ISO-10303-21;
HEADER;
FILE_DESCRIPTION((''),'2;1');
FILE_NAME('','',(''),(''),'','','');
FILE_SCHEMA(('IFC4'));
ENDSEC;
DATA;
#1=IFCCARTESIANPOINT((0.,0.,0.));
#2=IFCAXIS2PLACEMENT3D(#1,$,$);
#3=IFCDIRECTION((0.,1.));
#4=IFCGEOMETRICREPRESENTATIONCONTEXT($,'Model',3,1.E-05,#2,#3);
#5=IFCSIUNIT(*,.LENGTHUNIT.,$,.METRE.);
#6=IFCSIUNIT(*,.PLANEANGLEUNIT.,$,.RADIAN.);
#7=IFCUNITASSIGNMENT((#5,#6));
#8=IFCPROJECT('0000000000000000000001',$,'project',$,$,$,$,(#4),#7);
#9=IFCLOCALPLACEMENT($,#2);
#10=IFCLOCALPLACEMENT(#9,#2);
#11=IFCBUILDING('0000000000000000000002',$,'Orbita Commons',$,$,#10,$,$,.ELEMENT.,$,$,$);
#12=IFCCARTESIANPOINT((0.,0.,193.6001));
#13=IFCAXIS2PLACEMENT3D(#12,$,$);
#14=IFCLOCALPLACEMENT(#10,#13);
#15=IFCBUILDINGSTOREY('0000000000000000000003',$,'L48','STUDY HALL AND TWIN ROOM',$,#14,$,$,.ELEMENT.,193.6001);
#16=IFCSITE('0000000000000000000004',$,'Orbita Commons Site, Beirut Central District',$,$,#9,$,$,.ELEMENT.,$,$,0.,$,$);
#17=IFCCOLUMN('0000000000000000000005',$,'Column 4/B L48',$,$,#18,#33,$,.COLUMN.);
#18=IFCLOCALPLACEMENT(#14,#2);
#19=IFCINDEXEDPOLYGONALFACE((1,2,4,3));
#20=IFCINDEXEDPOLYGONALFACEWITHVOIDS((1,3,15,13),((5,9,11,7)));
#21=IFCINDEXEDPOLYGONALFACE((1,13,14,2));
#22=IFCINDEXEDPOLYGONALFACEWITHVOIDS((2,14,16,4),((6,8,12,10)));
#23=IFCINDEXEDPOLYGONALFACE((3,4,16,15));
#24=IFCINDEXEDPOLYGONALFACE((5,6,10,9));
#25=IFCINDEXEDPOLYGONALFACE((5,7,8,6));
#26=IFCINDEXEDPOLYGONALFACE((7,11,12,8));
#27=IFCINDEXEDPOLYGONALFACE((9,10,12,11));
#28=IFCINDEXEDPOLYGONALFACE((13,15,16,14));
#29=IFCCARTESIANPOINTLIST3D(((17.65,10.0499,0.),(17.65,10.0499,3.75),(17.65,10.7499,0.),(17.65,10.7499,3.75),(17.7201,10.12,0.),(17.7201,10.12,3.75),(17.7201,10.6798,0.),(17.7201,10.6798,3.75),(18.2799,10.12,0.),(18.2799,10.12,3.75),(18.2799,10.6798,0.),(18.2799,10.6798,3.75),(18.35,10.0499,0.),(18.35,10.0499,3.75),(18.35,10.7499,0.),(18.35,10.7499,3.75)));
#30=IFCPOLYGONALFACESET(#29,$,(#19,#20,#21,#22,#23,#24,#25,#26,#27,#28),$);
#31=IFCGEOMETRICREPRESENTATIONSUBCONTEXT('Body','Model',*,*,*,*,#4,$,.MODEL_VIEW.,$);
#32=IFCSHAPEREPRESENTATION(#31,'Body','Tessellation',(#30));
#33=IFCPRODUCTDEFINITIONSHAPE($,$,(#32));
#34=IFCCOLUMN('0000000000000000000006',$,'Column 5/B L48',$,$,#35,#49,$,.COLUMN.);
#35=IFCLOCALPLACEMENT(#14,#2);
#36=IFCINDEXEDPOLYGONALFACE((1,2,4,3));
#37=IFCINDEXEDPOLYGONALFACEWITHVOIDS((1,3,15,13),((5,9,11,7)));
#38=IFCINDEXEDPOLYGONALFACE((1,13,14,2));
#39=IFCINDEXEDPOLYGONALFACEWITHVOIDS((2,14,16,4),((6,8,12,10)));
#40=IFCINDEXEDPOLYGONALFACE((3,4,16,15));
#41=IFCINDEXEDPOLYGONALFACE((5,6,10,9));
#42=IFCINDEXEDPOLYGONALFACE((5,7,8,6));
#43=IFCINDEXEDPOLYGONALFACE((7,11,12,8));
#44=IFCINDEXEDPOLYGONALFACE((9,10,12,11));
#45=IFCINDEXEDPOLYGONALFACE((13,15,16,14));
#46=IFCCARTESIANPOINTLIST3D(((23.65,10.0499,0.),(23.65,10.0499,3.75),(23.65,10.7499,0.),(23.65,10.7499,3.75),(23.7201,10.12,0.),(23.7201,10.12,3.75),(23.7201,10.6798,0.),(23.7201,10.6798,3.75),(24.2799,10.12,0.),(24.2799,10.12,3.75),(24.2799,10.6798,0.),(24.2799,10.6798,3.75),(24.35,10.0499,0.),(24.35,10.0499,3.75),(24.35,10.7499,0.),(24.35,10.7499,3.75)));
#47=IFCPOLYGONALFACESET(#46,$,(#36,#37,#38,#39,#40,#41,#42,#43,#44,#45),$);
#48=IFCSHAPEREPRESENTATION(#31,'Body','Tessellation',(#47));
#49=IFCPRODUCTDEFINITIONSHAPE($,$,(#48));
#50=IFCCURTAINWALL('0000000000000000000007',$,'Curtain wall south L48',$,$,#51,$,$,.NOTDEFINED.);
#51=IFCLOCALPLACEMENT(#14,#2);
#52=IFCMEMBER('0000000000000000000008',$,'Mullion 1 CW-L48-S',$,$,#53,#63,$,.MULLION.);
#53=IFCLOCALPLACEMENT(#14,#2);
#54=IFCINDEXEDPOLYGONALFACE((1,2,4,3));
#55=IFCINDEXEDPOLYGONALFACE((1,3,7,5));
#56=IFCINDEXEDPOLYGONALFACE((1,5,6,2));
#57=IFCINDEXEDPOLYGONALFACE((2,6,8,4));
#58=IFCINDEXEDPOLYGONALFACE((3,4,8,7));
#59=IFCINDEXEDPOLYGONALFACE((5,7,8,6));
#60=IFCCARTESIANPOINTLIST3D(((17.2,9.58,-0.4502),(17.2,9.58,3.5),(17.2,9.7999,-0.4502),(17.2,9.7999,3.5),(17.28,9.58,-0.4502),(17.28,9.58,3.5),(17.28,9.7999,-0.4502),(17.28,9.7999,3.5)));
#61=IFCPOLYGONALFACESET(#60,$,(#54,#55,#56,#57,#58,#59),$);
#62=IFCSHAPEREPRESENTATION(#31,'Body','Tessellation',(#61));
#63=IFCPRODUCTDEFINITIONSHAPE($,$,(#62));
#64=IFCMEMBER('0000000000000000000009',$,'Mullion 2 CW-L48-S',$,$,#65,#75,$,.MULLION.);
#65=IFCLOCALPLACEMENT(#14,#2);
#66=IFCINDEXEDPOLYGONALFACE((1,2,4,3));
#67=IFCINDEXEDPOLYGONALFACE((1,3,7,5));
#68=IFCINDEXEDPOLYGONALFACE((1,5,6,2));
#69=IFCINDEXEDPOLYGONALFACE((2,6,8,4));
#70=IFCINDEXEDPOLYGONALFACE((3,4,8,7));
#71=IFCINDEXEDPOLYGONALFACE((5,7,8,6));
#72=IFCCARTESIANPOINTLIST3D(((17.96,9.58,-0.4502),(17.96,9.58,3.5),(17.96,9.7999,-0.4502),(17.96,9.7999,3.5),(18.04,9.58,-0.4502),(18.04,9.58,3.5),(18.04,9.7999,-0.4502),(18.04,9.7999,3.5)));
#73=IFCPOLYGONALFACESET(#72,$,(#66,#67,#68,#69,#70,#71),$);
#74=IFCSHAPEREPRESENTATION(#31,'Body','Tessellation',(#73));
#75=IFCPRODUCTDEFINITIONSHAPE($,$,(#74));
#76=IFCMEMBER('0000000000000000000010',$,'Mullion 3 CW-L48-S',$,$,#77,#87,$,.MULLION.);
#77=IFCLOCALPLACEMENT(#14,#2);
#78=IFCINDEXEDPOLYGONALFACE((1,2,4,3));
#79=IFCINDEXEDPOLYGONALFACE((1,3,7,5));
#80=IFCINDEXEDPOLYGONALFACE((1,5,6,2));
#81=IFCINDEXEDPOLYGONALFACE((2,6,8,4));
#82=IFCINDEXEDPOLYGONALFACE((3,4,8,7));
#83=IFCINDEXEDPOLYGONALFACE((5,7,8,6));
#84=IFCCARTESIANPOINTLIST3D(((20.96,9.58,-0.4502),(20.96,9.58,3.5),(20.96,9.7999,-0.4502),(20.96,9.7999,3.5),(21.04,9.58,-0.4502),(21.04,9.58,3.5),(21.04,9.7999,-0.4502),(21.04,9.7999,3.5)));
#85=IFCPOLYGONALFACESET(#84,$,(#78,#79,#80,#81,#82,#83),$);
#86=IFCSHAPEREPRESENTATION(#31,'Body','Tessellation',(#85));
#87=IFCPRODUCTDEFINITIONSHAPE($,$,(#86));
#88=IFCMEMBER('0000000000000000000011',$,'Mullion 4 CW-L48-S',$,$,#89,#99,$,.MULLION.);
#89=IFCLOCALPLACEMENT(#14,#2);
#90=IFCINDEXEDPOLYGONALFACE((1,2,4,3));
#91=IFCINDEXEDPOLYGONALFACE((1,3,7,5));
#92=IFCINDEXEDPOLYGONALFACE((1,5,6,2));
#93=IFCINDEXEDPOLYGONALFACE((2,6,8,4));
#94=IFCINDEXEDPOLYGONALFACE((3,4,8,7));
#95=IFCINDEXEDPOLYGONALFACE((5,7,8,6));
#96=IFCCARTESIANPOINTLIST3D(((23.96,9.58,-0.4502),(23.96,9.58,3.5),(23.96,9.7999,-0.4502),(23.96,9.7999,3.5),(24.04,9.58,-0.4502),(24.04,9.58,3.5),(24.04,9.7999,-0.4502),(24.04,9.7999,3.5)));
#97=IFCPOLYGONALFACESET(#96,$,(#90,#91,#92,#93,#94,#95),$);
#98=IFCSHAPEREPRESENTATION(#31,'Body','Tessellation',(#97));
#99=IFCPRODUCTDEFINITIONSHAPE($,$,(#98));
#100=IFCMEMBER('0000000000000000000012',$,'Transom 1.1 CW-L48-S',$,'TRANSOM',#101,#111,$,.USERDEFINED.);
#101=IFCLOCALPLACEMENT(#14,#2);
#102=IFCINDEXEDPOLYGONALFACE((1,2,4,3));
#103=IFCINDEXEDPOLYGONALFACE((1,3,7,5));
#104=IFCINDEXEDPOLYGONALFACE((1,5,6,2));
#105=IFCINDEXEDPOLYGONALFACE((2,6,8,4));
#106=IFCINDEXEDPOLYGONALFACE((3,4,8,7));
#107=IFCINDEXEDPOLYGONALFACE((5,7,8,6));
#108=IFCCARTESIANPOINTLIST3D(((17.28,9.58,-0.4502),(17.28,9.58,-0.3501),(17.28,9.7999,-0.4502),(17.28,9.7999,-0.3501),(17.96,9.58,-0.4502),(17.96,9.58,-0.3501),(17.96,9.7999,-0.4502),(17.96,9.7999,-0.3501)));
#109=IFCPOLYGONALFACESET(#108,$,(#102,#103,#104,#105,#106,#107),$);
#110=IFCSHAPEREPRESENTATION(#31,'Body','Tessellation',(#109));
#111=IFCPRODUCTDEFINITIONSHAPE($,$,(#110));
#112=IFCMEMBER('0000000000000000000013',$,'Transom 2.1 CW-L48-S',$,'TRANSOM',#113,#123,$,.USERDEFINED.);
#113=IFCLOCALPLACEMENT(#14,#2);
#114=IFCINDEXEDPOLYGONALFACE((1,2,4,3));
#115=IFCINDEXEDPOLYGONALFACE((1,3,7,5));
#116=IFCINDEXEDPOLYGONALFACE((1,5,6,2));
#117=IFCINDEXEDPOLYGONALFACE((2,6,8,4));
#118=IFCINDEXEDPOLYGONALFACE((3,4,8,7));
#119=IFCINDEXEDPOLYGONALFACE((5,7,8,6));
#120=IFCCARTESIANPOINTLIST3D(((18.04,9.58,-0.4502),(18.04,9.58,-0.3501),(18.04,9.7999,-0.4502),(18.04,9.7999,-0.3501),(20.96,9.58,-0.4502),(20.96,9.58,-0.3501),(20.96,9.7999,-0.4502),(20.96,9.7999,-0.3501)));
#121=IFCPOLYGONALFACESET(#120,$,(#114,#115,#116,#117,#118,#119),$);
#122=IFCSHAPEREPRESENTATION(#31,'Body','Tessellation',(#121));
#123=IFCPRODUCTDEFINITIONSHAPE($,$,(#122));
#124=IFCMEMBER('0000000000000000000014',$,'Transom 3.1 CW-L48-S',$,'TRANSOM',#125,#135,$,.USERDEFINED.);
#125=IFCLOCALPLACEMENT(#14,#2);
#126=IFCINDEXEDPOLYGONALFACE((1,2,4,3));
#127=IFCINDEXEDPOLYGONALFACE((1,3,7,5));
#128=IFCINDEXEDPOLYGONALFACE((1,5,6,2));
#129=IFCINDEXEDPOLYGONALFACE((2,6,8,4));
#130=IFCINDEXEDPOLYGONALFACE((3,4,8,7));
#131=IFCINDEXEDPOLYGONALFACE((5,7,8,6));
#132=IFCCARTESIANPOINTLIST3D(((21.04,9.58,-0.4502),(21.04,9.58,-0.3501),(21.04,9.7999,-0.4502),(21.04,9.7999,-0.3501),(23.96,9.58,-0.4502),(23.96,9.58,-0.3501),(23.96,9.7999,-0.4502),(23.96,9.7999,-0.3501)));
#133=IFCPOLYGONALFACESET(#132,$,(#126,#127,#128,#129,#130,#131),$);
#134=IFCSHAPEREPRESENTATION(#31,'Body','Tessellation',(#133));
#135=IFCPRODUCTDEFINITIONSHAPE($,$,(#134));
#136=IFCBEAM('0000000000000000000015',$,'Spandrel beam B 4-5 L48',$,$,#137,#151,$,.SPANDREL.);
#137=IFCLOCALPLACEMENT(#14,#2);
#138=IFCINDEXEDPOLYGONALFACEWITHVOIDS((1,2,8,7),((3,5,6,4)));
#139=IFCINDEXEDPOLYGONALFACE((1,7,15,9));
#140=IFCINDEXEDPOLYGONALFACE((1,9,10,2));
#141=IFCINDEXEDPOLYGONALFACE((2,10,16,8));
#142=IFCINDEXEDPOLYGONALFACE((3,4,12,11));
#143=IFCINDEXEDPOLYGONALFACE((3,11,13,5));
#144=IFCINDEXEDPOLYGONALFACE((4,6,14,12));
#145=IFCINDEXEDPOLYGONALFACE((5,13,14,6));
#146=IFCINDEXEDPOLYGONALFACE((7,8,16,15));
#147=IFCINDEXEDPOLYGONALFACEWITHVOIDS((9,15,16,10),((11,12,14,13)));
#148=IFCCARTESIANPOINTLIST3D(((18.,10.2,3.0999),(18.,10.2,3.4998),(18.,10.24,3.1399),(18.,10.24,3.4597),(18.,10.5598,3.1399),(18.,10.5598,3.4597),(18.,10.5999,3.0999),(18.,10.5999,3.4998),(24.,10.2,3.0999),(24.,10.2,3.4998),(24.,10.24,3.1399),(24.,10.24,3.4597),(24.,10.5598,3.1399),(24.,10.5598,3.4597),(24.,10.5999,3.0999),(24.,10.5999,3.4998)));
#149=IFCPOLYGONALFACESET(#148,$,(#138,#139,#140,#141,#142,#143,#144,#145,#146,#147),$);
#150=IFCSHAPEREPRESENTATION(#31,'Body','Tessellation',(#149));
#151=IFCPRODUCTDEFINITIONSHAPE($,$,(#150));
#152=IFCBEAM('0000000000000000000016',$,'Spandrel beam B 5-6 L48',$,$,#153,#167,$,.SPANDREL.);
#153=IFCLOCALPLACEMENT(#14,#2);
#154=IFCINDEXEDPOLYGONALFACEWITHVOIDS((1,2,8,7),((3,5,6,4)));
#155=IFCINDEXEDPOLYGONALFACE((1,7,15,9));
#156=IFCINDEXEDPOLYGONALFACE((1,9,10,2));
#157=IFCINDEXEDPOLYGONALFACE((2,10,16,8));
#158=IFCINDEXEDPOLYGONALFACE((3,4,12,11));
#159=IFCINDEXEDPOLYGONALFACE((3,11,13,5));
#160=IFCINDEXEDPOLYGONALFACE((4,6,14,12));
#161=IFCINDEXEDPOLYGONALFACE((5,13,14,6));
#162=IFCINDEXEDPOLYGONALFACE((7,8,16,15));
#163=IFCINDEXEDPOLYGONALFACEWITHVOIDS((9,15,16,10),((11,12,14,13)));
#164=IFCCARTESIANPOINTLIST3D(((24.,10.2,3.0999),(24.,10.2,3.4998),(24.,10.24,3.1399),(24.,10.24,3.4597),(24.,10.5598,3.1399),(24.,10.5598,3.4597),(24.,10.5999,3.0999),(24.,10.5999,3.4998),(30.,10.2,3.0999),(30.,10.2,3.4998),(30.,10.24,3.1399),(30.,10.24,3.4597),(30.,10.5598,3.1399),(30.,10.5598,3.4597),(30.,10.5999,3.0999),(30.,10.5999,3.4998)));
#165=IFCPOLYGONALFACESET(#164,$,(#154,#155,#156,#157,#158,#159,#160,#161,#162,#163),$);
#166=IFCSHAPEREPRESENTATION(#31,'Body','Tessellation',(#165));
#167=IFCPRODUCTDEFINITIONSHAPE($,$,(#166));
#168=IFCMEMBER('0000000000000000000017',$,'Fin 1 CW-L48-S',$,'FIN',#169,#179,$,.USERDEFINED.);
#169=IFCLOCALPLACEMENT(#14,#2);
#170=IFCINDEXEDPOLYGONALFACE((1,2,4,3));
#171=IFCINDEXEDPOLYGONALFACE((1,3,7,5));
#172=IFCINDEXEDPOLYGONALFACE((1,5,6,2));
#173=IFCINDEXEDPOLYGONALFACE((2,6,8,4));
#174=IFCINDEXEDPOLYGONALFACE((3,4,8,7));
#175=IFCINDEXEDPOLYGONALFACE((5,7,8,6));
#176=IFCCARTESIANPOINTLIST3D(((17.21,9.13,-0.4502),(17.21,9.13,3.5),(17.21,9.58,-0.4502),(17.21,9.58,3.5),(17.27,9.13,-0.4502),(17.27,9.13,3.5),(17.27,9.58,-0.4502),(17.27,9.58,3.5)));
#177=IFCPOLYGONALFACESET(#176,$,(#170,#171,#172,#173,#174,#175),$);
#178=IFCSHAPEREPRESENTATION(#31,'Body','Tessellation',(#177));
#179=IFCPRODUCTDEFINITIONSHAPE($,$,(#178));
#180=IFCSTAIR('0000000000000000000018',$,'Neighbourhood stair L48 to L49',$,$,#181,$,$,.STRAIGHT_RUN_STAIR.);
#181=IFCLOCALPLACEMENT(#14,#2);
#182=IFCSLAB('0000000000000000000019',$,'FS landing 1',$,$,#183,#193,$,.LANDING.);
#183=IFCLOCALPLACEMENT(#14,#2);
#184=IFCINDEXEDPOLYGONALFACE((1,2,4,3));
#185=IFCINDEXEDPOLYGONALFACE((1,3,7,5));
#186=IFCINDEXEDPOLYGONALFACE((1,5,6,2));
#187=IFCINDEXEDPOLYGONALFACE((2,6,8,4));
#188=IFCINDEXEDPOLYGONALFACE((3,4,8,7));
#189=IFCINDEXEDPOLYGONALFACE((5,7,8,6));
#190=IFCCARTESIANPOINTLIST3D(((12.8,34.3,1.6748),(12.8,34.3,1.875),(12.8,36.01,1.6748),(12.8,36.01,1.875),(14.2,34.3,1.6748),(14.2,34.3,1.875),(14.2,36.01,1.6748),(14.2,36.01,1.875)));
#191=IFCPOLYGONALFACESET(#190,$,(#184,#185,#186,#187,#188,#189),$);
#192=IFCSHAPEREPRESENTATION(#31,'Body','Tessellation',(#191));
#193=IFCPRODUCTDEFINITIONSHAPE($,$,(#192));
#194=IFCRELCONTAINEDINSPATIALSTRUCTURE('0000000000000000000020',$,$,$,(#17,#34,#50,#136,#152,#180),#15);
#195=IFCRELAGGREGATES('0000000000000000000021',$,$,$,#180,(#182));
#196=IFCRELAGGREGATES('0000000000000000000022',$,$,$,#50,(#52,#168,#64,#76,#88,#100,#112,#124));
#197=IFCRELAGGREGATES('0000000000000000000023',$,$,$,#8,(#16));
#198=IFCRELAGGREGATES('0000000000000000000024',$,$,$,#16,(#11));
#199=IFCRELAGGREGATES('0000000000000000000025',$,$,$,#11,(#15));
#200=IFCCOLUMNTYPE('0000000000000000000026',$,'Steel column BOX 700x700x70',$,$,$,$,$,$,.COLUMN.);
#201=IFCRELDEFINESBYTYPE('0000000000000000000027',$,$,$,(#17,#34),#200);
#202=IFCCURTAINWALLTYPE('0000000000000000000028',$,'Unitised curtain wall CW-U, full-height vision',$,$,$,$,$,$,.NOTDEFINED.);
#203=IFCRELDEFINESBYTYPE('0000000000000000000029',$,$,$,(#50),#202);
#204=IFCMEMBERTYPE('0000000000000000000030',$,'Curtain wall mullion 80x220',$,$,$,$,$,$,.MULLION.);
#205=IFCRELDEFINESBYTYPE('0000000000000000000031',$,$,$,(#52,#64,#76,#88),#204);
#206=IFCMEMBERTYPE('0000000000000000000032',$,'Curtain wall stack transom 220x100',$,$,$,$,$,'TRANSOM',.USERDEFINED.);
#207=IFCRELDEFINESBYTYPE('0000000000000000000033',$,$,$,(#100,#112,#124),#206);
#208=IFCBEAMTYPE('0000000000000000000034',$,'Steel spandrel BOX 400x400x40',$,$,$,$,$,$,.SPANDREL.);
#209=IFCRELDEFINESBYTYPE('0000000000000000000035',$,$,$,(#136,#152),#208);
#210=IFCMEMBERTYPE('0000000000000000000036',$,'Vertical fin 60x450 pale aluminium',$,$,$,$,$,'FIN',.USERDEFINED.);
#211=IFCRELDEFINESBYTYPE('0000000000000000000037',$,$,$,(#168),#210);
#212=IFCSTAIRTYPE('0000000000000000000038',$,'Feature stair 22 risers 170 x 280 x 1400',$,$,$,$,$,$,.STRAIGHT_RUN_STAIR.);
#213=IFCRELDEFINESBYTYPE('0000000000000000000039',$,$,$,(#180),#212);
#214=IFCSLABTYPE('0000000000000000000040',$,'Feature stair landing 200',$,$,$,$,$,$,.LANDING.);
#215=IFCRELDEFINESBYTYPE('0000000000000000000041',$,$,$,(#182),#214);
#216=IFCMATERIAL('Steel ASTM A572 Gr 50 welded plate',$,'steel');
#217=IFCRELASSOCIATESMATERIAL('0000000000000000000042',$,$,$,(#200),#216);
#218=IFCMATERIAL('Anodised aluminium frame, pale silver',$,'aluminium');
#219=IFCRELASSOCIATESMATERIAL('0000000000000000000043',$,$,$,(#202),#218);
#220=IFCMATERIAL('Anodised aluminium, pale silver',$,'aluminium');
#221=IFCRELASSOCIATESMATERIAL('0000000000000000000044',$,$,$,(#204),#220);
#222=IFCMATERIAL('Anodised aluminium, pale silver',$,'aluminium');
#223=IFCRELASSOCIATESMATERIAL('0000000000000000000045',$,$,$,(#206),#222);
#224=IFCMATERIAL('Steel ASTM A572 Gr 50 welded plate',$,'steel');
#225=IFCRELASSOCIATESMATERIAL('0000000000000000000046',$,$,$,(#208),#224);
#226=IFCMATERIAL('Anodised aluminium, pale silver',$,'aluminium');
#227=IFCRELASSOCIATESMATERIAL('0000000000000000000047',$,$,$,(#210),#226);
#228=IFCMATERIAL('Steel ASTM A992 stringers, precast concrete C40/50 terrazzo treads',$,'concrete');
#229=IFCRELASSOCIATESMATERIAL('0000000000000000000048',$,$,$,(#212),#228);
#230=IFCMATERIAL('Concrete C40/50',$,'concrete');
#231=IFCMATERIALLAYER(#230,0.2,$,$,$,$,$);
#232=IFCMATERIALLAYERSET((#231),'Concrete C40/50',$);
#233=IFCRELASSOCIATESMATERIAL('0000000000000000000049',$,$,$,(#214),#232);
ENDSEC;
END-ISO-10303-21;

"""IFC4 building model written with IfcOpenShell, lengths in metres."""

from ifc_helpers import new_model, si_unit, direction, frame, origin, origin_2d, place, context, subcontext, project, spatial, polyline, rectangle, hollow_rectangle, outline, extrude, material, layer, layer_set, material_profile, profile_set, type_object, element, aggregate, save


model = new_model("IFC4")

# Units and contexts
model_context = context("Model", 3, precision=1e-05, world=origin(), true_north=direction((0.0, 1.0)))
body_context = subcontext(model_context, "Body", "Model", "MODEL_VIEW")
ifc_project = project(units=[si_unit("LENGTHUNIT", "METRE"), si_unit("PLANEANGLEUNIT", "RADIAN")], contexts=[model_context])

# Site, building, storey
site_placement = place(None, origin())
site = spatial("IfcSite", under=ifc_project, at=site_placement, Name="Orbita Commons Site, Beirut Central District", CompositionType="ELEMENT", RefElevation=0.0)
building_placement = place(site_placement, origin())
building = spatial("IfcBuilding", under=site, at=building_placement, Name="Orbita Commons", CompositionType="ELEMENT")
storey_placement = place(building_placement, frame((0.0, 0.0, 193.6001)))
storey = spatial("IfcBuildingStorey", under=building, at=storey_placement, Name="L48", Description="STUDY HALL AND TWIN ROOM", CompositionType="ELEMENT", Elevation=193.6001)

# Columns
ifc_material_1 = material(Name="Steel ASTM A572 Gr 50 welded plate", Category="steel")
ifc_material_profile_1 = material_profile(ifc_material_1, hollow_rectangle(XDim=0.7, YDim=0.7, WallThickness=0.0701, at=origin_2d()), Name="BOX 700x700x70")
ifc_profile_set_1 = profile_set([ifc_material_profile_1], Name="Steel ASTM A572 Gr 50 welded plate")
column_type = type_object("IfcColumnType", Name="Steel column BOX 700x700x70", PredefinedType="COLUMN", material=ifc_profile_set_1)
for number, where, z_axis, x_axis, name in (
    (1, (18.0, 10.3999, 0.0), (0.0, 0.0, 1.0), (1.0, 0.0, 0.0), "Column 4/B L48"),
    (2, (24.0, 10.3999, 0.0), (0.0, 0.0, 1.0), (1.0, 0.0, 0.0), "Column 5/B L48"),
):
    element("IfcColumn", number, at=place(storey_placement, frame(where, z_axis=z_axis, x_axis=x_axis)), inside=storey, type_object=column_type, Name=name, PredefinedType="COLUMN", context=body_context, shape_type="SweptSolid", body=[
        extrude(hollow_rectangle(XDim=0.7, YDim=0.7, WallThickness=0.0701, at=origin_2d()), origin(), (0.0, 0.0, 1.0), 3.75),
    ])

# Curtain wall, members
ifc_material_2 = material(Name="Anodised aluminium frame, pale silver", Category="aluminium")
curtain_wall_type = type_object("IfcCurtainWallType", Name="Unitised curtain wall CW-U, full-height vision", PredefinedType="NOTDEFINED", material=ifc_material_2)
curtain_wall_placement = place(storey_placement, origin())
curtain_wall = element("IfcCurtainWall", 3, at=curtain_wall_placement, inside=storey, type_object=curtain_wall_type, Name="Curtain wall south L48", PredefinedType="NOTDEFINED")
ifc_material_3 = material(Name="Anodised aluminium, pale silver", Category="aluminium")
ifc_material_profile_2 = material_profile(ifc_material_3, rectangle(XDim=0.0801, YDim=0.22, at=origin_2d()), Name="AL 80x220")
ifc_profile_set_2 = profile_set([ifc_material_profile_2], Name="Anodised aluminium, pale silver")
member_type_1 = type_object("IfcMemberType", Name="Curtain wall mullion 80x220", PredefinedType="MULLION", material=ifc_profile_set_2)
member_1_placement = place(storey_placement, frame((17.24, 9.6899, -0.4502), z_axis=(0.0, 0.0, 1.0), x_axis=(1.0, 0.0, 0.0)))
member_1 = element("IfcMember", 4, at=member_1_placement, type_object=member_type_1, Name="Mullion 1 CW-L48-S", PredefinedType="MULLION", context=body_context, shape_type="SweptSolid", body=[
    extrude(rectangle(XDim=0.0801, YDim=0.22, at=origin_2d()), origin(), (0.0, 0.0, 1.0), 3.9502),
])
member_2_placement = place(storey_placement, frame((18.0, 9.6899, -0.4502), z_axis=(0.0, 0.0, 1.0), x_axis=(1.0, 0.0, 0.0)))
member_2 = element("IfcMember", 5, at=member_2_placement, type_object=member_type_1, Name="Mullion 2 CW-L48-S", PredefinedType="MULLION", context=body_context, shape_type="SweptSolid", body=[
    extrude(rectangle(XDim=0.0801, YDim=0.22, at=origin_2d()), origin(), (0.0, 0.0, 1.0), 3.9502),
])
member_3_placement = place(storey_placement, frame((21.0, 9.6899, -0.4502), z_axis=(0.0, 0.0, 1.0), x_axis=(1.0, 0.0, 0.0)))
member_3 = element("IfcMember", 6, at=member_3_placement, type_object=member_type_1, Name="Mullion 3 CW-L48-S", PredefinedType="MULLION", context=body_context, shape_type="SweptSolid", body=[
    extrude(rectangle(XDim=0.0801, YDim=0.22, at=origin_2d()), origin(), (0.0, 0.0, 1.0), 3.9502),
])
member_4_placement = place(storey_placement, frame((24.0, 9.6899, -0.4502), z_axis=(0.0, 0.0, 1.0), x_axis=(1.0, 0.0, 0.0)))
member_4 = element("IfcMember", 7, at=member_4_placement, type_object=member_type_1, Name="Mullion 4 CW-L48-S", PredefinedType="MULLION", context=body_context, shape_type="SweptSolid", body=[
    extrude(rectangle(XDim=0.0801, YDim=0.22, at=origin_2d()), origin(), (0.0, 0.0, 1.0), 3.9502),
])
ifc_material_4 = material(Name="Anodised aluminium, pale silver", Category="aluminium")
ifc_material_profile_3 = material_profile(ifc_material_4, rectangle(XDim=0.22, YDim=0.1001, at=origin_2d()), Name="AL 220x100")
ifc_profile_set_3 = profile_set([ifc_material_profile_3], Name="Anodised aluminium, pale silver")
member_type_2 = type_object("IfcMemberType", Name="Curtain wall stack transom 220x100", ElementType="TRANSOM", PredefinedType="USERDEFINED", material=ifc_profile_set_3)
member_5_placement = place(storey_placement, frame((17.28, 9.6899, -0.4001), z_axis=(1.0, 0.0, 0.0), x_axis=(0.0, 1.0, 0.0)))
member_5 = element("IfcMember", 8, at=member_5_placement, type_object=member_type_2, Name="Transom 1.1 CW-L48-S", ObjectType="TRANSOM", PredefinedType="USERDEFINED", context=body_context, shape_type="SweptSolid", body=[
    extrude(rectangle(XDim=0.22, YDim=0.1001, at=origin_2d()), origin(), (0.0, 0.0, 1.0), 0.6799),
])
member_6_placement = place(storey_placement, frame((18.04, 9.6899, -0.4001), z_axis=(1.0, 0.0, 0.0), x_axis=(0.0, 1.0, 0.0)))
member_6 = element("IfcMember", 9, at=member_6_placement, type_object=member_type_2, Name="Transom 2.1 CW-L48-S", ObjectType="TRANSOM", PredefinedType="USERDEFINED", context=body_context, shape_type="SweptSolid", body=[
    extrude(rectangle(XDim=0.22, YDim=0.1001, at=origin_2d()), origin(), (0.0, 0.0, 1.0), 2.9199),
])
member_7_placement = place(storey_placement, frame((21.04, 9.6899, -0.4001), z_axis=(1.0, 0.0, 0.0), x_axis=(0.0, 1.0, 0.0)))
member_7 = element("IfcMember", 10, at=member_7_placement, type_object=member_type_2, Name="Transom 3.1 CW-L48-S", ObjectType="TRANSOM", PredefinedType="USERDEFINED", context=body_context, shape_type="SweptSolid", body=[
    extrude(rectangle(XDim=0.22, YDim=0.1001, at=origin_2d()), origin(), (0.0, 0.0, 1.0), 2.9199),
])

# Beams
ifc_material_5 = material(Name="Steel ASTM A572 Gr 50 welded plate", Category="steel")
ifc_material_profile_4 = material_profile(ifc_material_5, hollow_rectangle(XDim=0.3999, YDim=0.3999, WallThickness=0.04, at=origin_2d()), Name="BOX 400x400x40")
ifc_profile_set_4 = profile_set([ifc_material_profile_4], Name="Steel ASTM A572 Gr 50 welded plate")
beam_type = type_object("IfcBeamType", Name="Steel spandrel BOX 400x400x40", PredefinedType="SPANDREL", material=ifc_profile_set_4)
for number, where, z_axis, x_axis, name in (
    (11, (18.0, 10.3999, 3.2998), (1.0, 0.0, 0.0), (0.0, 1.0, 0.0), "Spandrel beam B 4-5 L48"),
    (12, (24.0, 10.3999, 3.2998), (1.0, 0.0, 0.0), (0.0, 1.0, 0.0), "Spandrel beam B 5-6 L48"),
):
    element("IfcBeam", number, at=place(storey_placement, frame(where, z_axis=z_axis, x_axis=x_axis)), inside=storey, type_object=beam_type, Name=name, PredefinedType="SPANDREL", context=body_context, shape_type="SweptSolid", body=[
        extrude(hollow_rectangle(XDim=0.3999, YDim=0.3999, WallThickness=0.04, at=origin_2d()), origin(), (0.0, 0.0, 1.0), 6.0),
    ])

# Member
ifc_material_6 = material(Name="Anodised aluminium, pale silver", Category="aluminium")
ifc_material_profile_5 = material_profile(ifc_material_6, rectangle(XDim=0.0601, YDim=0.45, at=origin_2d()), Name="FIN 60x450")
ifc_profile_set_5 = profile_set([ifc_material_profile_5], Name="Anodised aluminium, pale silver")
member_type_3 = type_object("IfcMemberType", Name="Vertical fin 60x450 pale aluminium", ElementType="FIN", PredefinedType="USERDEFINED", material=ifc_profile_set_5)
member_8_placement = place(storey_placement, frame((17.24, 9.355, -0.4502), z_axis=(0.0, 0.0, 1.0), x_axis=(1.0, 0.0, 0.0)))
member_8 = element("IfcMember", 13, at=member_8_placement, type_object=member_type_3, Name="Fin 1 CW-L48-S", ObjectType="FIN", PredefinedType="USERDEFINED", context=body_context, shape_type="SweptSolid", body=[
    extrude(rectangle(XDim=0.0601, YDim=0.45, at=origin_2d()), origin(), (0.0, 0.0, 1.0), 3.9502),
])

# Stair, slab
ifc_material_7 = material(Name="Steel ASTM A992 stringers, precast concrete C40/50 terrazzo treads", Category="concrete")
stair_type_1 = type_object("IfcStairType", Name="Feature stair 22 risers 170 x 280 x 1400", PredefinedType="STRAIGHT_RUN_STAIR", material=ifc_material_7)
stair_1_placement = place(storey_placement, origin())
stair_1 = element("IfcStair", 14, at=stair_1_placement, inside=storey, type_object=stair_type_1, Name="Neighbourhood stair L48 to L49", PredefinedType="STRAIGHT_RUN_STAIR")
ifc_material_8 = material(Name="Concrete C40/50", Category="concrete")
ifc_layer_1 = layer(ifc_material_8, 0.2)
ifc_layer_set_1 = layer_set([ifc_layer_1], Name="Concrete C40/50")
slab_type_1 = type_object("IfcSlabType", Name="Feature stair landing 200", PredefinedType="LANDING", material=ifc_layer_set_1)
slab_1_placement = place(storey_placement, frame((0.0, 0.0, 1.6748)))
slab_1 = element("IfcSlab", 15, at=slab_1_placement, type_object=slab_type_1, Name="FS landing 1", PredefinedType="LANDING", context=body_context, shape_type="SweptSolid", body=[
    extrude(outline(polyline([(12.8, 34.3), (14.2, 34.3), (14.2, 36.01), (12.8, 36.01), (12.8, 34.3)])), origin(), (0.0, 0.0, 1.0), 0.2002),
])
aggregate(stair_1, [slab_1])

aggregate(curtain_wall, [member_1, member_8, member_2, member_3, member_4, member_5, member_6, member_7])

save(model, "model.ifc")
